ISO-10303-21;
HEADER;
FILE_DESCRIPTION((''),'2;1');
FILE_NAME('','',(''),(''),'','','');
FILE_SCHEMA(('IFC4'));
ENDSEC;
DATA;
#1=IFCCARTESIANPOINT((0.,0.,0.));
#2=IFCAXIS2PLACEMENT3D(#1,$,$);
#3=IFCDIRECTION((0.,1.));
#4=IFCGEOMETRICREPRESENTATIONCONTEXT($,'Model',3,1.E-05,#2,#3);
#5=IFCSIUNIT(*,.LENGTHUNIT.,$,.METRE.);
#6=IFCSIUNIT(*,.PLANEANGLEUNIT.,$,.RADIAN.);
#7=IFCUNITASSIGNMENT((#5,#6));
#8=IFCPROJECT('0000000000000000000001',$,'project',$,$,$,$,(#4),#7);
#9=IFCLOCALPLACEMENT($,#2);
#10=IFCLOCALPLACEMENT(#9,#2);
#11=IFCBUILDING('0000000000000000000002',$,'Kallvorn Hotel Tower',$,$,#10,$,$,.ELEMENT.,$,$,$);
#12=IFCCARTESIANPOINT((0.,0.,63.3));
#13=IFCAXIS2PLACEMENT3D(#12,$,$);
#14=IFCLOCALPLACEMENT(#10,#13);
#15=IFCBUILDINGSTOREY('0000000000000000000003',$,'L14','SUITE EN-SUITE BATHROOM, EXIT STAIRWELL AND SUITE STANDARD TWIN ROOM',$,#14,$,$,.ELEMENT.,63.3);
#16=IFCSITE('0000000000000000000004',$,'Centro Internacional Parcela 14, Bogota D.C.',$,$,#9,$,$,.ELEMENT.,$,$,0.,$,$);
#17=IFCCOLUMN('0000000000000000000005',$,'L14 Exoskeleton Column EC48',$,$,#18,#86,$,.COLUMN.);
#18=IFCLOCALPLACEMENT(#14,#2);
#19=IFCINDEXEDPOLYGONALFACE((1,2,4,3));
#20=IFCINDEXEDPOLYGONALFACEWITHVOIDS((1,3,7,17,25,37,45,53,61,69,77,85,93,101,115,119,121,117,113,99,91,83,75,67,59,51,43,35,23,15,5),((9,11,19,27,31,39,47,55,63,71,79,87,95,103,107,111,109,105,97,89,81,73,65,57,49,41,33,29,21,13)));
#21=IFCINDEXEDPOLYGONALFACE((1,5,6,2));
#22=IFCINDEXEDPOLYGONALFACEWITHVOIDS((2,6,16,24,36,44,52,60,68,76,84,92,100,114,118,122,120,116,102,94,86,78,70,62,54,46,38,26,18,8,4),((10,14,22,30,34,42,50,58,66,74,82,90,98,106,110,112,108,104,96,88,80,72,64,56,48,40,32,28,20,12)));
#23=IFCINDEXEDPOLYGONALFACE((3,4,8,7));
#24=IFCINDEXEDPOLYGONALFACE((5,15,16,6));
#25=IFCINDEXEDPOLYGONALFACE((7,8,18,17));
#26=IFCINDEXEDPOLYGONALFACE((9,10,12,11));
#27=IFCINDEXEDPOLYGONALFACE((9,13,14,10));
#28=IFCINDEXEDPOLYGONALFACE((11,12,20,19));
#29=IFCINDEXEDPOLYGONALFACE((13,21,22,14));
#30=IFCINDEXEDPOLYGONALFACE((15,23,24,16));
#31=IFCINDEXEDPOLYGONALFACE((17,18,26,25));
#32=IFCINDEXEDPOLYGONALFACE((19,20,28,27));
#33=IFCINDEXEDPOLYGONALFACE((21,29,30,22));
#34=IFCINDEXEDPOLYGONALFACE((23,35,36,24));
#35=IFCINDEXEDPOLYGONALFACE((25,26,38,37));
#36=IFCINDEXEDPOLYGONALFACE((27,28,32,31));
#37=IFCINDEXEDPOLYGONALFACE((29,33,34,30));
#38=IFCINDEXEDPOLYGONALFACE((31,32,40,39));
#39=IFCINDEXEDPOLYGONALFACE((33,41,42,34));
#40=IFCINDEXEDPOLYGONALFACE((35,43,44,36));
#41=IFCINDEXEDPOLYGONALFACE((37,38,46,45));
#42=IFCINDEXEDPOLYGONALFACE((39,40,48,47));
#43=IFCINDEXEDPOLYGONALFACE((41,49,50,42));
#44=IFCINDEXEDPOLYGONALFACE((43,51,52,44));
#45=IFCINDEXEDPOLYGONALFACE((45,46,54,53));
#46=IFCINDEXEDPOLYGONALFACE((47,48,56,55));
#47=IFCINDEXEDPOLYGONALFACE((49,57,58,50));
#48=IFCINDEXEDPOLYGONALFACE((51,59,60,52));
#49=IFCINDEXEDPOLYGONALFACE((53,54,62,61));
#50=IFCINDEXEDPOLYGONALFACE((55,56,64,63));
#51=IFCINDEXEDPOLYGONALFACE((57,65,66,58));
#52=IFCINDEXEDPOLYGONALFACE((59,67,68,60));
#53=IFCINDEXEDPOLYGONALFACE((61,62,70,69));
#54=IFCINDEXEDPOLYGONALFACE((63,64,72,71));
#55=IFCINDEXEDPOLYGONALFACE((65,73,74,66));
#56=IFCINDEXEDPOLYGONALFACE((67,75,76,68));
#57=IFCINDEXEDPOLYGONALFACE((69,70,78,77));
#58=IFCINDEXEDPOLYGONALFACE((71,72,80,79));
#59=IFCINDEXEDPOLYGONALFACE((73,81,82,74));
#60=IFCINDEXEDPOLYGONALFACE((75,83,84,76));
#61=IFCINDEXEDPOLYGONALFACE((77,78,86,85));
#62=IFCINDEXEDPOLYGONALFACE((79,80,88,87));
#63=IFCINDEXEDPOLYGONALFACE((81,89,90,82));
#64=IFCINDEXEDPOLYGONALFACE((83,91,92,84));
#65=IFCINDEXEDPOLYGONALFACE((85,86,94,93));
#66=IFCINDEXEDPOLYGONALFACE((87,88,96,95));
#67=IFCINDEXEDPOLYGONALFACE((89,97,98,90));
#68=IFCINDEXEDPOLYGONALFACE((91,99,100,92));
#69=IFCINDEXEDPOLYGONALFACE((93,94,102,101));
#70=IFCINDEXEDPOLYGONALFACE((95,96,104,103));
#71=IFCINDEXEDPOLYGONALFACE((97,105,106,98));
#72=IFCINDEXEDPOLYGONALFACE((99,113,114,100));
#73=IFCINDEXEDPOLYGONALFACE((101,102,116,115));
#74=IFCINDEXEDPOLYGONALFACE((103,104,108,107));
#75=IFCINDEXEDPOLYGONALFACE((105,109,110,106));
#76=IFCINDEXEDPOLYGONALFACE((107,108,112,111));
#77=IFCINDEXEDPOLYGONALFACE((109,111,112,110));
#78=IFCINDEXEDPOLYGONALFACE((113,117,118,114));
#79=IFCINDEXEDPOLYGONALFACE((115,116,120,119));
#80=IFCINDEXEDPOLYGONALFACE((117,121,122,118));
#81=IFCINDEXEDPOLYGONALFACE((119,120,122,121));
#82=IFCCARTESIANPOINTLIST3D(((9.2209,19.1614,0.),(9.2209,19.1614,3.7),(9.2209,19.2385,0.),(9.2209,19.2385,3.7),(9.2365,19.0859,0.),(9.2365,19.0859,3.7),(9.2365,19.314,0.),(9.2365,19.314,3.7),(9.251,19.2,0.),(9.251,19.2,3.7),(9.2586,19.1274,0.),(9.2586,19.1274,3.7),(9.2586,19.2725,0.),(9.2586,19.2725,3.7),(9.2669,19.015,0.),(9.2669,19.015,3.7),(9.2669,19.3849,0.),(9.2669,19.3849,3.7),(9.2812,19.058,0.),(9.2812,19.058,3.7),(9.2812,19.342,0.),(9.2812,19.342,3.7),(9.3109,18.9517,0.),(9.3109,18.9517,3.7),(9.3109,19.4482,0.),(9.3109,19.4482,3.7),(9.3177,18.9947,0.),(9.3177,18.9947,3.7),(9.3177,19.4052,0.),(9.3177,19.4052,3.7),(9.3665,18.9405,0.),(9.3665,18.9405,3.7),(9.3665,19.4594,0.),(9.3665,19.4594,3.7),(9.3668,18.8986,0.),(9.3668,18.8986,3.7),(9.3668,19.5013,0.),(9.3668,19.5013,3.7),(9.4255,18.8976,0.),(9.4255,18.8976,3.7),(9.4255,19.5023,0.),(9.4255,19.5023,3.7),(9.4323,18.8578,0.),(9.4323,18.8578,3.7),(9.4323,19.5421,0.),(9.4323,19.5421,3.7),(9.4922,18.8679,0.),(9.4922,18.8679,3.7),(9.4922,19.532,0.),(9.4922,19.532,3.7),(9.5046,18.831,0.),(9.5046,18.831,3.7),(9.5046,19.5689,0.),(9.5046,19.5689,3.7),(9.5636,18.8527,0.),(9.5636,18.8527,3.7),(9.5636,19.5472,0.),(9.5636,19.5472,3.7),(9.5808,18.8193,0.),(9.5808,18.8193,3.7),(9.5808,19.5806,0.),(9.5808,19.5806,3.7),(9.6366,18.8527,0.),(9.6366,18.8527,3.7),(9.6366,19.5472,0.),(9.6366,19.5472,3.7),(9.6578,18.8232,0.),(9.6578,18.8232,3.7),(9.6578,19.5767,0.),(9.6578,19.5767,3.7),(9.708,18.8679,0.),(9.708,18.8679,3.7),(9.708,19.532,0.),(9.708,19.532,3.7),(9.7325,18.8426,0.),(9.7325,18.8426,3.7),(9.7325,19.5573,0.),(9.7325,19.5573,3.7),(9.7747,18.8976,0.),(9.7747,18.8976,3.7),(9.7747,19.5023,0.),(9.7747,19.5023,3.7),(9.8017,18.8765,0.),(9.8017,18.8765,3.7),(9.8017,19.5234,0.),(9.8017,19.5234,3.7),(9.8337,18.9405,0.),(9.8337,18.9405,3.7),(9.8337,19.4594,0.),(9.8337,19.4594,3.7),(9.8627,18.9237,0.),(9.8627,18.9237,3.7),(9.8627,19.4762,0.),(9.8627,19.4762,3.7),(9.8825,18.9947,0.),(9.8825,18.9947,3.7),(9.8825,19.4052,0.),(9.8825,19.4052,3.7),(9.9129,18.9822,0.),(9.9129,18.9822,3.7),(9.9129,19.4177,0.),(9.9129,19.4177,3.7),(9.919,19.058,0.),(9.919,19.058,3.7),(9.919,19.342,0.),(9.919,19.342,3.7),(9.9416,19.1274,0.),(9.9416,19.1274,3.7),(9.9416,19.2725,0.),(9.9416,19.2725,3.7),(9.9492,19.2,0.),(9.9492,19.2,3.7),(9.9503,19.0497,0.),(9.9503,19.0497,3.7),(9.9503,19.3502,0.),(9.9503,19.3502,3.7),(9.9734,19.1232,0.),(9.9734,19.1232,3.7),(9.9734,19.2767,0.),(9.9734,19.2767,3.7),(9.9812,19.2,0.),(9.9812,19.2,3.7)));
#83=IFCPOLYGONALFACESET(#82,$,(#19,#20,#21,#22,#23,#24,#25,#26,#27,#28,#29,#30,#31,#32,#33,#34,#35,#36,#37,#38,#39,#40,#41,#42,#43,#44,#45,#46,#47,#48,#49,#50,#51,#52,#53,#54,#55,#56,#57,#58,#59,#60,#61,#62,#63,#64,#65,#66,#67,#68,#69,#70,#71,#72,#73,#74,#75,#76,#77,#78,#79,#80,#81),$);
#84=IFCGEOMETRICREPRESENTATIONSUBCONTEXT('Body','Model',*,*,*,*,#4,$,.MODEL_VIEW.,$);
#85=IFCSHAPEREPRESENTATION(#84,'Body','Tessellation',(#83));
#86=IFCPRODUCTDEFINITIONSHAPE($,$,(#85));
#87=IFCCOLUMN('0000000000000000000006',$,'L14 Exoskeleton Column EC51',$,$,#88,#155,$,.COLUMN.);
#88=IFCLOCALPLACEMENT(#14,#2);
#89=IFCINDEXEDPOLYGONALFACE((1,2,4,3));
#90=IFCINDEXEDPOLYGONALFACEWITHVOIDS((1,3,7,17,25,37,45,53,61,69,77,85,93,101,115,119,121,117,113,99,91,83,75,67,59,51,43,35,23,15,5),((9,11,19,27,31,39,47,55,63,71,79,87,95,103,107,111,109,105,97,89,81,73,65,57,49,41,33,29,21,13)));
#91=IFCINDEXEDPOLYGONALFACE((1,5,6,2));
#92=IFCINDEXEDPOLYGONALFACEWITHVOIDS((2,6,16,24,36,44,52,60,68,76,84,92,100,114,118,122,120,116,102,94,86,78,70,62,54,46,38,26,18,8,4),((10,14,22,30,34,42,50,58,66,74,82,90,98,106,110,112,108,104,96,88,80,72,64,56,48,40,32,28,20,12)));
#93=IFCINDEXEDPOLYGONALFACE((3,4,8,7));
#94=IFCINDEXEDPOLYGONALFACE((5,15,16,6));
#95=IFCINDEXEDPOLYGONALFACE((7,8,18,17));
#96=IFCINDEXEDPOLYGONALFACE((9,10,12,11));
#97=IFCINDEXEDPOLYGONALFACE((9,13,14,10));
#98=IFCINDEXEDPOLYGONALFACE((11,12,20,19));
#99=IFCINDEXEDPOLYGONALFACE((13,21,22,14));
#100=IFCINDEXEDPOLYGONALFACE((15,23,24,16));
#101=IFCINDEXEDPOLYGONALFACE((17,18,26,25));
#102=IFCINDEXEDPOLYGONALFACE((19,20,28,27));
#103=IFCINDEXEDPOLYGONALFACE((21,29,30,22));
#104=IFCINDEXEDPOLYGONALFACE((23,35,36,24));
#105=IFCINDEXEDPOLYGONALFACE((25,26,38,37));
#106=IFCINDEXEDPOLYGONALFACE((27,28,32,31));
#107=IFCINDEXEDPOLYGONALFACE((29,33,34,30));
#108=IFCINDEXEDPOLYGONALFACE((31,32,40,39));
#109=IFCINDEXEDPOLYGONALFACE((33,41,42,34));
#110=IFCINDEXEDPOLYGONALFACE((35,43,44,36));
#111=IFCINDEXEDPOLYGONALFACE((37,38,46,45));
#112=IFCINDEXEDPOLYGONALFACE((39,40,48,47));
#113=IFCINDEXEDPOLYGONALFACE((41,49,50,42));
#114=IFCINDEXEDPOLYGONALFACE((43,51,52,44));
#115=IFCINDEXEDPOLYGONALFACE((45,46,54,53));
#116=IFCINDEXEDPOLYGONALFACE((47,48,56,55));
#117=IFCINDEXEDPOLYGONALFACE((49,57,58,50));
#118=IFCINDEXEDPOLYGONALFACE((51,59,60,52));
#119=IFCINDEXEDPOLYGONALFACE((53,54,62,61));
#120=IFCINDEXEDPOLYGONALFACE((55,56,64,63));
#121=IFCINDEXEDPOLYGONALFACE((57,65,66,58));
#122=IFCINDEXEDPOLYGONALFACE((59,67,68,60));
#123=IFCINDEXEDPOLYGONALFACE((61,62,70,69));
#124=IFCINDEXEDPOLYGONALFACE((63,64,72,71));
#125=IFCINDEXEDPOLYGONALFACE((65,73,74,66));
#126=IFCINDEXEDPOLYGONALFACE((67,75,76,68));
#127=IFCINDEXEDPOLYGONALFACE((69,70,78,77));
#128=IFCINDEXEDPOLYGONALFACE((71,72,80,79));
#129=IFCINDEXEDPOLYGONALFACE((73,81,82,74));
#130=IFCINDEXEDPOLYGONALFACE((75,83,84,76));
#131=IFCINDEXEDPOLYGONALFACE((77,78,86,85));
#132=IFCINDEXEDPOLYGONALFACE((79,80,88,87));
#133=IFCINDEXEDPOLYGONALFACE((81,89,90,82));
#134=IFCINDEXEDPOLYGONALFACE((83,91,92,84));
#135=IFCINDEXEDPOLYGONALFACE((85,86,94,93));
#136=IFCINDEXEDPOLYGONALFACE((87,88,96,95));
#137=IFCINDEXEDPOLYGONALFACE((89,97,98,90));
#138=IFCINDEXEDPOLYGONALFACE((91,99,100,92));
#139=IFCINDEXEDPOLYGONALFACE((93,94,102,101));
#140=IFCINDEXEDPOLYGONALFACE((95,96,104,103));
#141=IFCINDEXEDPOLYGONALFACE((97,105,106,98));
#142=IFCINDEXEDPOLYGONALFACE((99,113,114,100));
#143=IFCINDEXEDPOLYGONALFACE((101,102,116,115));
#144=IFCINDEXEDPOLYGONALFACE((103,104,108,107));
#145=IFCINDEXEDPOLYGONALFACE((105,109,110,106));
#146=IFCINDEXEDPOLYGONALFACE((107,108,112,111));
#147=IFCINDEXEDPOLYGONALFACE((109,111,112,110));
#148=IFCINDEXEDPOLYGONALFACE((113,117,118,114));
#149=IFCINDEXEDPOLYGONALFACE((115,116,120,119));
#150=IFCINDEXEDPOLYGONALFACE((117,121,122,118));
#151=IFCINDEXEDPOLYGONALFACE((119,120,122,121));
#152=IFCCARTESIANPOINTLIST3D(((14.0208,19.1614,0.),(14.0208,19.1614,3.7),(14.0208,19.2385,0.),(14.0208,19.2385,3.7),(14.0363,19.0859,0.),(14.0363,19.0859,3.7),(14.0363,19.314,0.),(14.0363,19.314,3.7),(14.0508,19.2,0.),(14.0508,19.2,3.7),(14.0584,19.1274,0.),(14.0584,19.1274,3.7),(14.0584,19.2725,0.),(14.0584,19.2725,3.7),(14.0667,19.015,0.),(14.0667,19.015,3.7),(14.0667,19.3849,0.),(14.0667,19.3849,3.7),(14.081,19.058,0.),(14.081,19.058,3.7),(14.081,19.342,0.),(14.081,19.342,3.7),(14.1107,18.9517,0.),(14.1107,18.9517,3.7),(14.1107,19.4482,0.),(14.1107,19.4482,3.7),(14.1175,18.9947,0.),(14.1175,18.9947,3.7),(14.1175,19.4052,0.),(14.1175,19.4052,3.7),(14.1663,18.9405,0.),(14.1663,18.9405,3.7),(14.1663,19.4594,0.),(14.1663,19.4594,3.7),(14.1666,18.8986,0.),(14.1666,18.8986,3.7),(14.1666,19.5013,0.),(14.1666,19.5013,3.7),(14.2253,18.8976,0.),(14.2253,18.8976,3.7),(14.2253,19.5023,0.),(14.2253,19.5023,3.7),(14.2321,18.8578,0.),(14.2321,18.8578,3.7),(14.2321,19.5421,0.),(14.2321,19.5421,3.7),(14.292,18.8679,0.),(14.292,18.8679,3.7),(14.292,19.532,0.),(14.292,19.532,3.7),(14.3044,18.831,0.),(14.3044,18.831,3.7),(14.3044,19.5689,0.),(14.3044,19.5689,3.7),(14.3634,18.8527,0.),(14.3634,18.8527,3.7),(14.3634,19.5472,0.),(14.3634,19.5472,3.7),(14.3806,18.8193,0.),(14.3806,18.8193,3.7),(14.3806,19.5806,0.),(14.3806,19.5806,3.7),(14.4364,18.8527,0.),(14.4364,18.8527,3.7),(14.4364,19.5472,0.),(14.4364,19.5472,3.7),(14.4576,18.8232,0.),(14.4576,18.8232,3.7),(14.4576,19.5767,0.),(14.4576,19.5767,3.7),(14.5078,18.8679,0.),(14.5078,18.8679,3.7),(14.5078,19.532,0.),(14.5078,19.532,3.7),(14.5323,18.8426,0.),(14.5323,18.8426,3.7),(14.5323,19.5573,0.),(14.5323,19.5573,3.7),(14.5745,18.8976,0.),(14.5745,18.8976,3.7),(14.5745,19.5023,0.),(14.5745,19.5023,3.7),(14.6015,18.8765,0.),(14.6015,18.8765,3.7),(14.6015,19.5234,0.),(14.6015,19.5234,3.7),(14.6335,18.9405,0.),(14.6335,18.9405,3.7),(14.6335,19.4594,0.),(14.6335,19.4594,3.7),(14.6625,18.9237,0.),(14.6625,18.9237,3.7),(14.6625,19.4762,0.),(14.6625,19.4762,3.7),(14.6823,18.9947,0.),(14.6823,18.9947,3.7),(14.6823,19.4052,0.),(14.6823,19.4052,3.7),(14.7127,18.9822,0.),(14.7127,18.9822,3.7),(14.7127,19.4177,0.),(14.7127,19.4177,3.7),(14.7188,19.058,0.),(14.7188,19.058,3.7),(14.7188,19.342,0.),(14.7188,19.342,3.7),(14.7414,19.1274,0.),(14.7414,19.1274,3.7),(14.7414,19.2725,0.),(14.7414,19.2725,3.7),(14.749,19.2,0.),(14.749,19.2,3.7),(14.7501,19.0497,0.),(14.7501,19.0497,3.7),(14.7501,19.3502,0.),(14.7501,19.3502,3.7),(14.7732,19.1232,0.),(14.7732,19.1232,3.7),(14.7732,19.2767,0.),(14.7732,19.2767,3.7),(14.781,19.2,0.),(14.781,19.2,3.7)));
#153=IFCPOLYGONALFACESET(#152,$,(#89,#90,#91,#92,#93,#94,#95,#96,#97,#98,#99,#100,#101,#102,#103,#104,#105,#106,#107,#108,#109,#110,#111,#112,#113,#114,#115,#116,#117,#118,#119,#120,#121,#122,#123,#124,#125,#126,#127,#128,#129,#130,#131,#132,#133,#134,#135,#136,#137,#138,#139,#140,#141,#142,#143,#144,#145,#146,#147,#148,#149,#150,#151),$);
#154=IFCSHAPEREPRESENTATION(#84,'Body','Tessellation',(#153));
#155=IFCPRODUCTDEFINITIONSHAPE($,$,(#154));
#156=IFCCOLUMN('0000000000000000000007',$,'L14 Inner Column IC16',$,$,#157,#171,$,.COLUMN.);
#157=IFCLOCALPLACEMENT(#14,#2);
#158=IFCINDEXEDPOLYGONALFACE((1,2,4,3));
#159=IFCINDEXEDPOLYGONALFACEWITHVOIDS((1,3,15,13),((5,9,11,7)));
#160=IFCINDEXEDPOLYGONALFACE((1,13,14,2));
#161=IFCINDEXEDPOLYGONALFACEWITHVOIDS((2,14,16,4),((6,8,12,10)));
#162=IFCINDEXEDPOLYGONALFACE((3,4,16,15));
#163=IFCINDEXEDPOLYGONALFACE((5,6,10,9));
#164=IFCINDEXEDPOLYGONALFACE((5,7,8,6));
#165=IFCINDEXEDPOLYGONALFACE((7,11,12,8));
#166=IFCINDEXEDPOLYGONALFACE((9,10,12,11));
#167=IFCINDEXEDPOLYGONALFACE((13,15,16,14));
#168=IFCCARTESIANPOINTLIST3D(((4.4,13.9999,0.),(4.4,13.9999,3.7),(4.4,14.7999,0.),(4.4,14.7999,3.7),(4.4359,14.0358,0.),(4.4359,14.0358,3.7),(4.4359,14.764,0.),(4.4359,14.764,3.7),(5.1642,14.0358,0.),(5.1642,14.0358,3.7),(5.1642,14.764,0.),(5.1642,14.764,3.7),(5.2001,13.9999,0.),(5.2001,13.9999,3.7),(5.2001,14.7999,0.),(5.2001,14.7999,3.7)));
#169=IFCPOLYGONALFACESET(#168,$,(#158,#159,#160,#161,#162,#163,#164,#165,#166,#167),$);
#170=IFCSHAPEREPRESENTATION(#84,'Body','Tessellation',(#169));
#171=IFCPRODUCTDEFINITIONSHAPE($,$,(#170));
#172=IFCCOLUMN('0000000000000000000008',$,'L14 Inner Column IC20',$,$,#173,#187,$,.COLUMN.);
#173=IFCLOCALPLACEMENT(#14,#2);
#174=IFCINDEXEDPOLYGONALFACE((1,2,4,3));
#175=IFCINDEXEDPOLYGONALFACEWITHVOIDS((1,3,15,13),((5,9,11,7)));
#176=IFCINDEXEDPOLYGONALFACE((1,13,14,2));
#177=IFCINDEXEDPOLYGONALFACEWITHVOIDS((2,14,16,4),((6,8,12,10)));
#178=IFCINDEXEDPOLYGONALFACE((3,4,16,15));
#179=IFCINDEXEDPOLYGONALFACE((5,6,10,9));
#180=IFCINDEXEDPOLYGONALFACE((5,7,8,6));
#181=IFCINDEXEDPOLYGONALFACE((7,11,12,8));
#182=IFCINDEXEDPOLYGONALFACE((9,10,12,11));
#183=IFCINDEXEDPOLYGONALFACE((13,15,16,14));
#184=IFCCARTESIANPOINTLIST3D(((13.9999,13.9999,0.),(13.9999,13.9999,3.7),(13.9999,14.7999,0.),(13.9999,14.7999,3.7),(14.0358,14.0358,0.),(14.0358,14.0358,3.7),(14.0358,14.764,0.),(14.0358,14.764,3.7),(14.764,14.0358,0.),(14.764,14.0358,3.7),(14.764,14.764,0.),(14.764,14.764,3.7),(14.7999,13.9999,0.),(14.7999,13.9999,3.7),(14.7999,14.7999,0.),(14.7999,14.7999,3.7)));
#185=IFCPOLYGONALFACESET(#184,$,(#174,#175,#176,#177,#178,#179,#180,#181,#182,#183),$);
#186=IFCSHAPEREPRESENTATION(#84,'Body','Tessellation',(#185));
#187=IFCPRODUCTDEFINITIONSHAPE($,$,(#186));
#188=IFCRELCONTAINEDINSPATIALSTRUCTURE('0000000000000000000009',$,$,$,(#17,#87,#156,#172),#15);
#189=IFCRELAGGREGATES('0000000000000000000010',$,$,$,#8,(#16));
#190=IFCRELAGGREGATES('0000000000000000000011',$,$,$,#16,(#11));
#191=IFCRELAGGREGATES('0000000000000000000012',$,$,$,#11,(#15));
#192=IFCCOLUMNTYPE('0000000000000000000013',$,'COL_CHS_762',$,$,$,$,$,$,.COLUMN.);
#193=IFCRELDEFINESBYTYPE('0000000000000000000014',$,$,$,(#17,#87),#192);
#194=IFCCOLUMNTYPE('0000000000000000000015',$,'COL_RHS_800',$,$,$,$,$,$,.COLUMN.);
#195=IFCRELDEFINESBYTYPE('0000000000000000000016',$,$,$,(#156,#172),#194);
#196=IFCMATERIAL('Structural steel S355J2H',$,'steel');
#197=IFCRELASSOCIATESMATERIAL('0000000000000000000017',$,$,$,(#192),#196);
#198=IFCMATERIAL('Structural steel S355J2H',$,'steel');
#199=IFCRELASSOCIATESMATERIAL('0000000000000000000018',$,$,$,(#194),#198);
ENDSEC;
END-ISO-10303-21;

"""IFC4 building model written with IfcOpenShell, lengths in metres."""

from ifc_helpers import new_model, si_unit, direction, frame, origin, origin_2d, place, context, subcontext, project, spatial, hollow_rectangle, hollow_circle, extrude, material, material_profile, profile_set, type_object, element, save


model = new_model("IFC4")

# Units and contexts
model_context = context("Model", 3, precision=1e-05, world=origin(), true_north=direction((0.0, 1.0)))
body_context = subcontext(model_context, "Body", "Model", "MODEL_VIEW")
ifc_project = project(units=[si_unit("LENGTHUNIT", "METRE"), si_unit("PLANEANGLEUNIT", "RADIAN")], contexts=[model_context])

# Site, building, storey
site_placement = place(None, origin())
site = spatial("IfcSite", under=ifc_project, at=site_placement, Name="Centro Internacional Parcela 14, Bogota D.C.", CompositionType="ELEMENT", RefElevation=0.0)
building_placement = place(site_placement, origin())
building = spatial("IfcBuilding", under=site, at=building_placement, Name="Kallvorn Hotel Tower", CompositionType="ELEMENT")
storey_placement = place(building_placement, frame((0.0, 0.0, 63.3)))
storey = spatial("IfcBuildingStorey", under=building, at=storey_placement, Name="L14", Description="SUITE EN-SUITE BATHROOM, EXIT STAIRWELL AND SUITE STANDARD TWIN ROOM", CompositionType="ELEMENT", Elevation=63.3)

# Columns
ifc_material_1 = material(Name="Structural steel S355J2H", Category="steel")
ifc_material_profile_1 = material_profile(ifc_material_1, hollow_circle(Radius=0.3811, WallThickness=0.032, at=origin_2d()), Name="CHS 762x32")
ifc_profile_set_1 = profile_set([ifc_material_profile_1], Name="Structural steel S355J2H")
column_type_1 = type_object("IfcColumnType", Name="COL_CHS_762", PredefinedType="COLUMN", material=ifc_profile_set_1)
for number, where, z_axis, x_axis, name in (
    (1, (9.6001, 19.2, 0.0), (0.0, 0.0, 1.0), (1.0, 0.0, 0.0), "L14 Exoskeleton Column EC48"),
    (2, (14.3999, 19.2, 0.0), (0.0, 0.0, 1.0), (1.0, 0.0, 0.0), "L14 Exoskeleton Column EC51"),
):
    element("IfcColumn", number, at=place(storey_placement, frame(where, z_axis=z_axis, x_axis=x_axis)), inside=storey, type_object=column_type_1, Name=name, PredefinedType="COLUMN", context=body_context, shape_type="SweptSolid", body=[
        extrude(hollow_circle(Radius=0.3811, WallThickness=0.032, at=origin_2d()), origin(), (0.0, 0.0, 1.0), 3.7),
    ])
ifc_material_2 = material(Name="Structural steel S355J2H", Category="steel")
ifc_material_profile_2 = material_profile(ifc_material_2, hollow_rectangle(XDim=0.8, YDim=0.8, WallThickness=0.0359, at=origin_2d()), Name="RHS 800x800x36")
ifc_profile_set_2 = profile_set([ifc_material_profile_2], Name="Structural steel S355J2H")
column_type_2 = type_object("IfcColumnType", Name="COL_RHS_800", PredefinedType="COLUMN", material=ifc_profile_set_2)
for number, where, z_axis, x_axis, name in (
    (3, (4.8, 14.3999, 0.0), (0.0, 0.0, 1.0), (1.0, 0.0, 0.0), "L14 Inner Column IC16"),
    (4, (14.3999, 14.3999, 0.0), (0.0, 0.0, 1.0), (1.0, 0.0, 0.0), "L14 Inner Column IC20"),
):
    element("IfcColumn", number, at=place(storey_placement, frame(where, z_axis=z_axis, x_axis=x_axis)), inside=storey, type_object=column_type_2, Name=name, PredefinedType="COLUMN", context=body_context, shape_type="SweptSolid", body=[
        extrude(hollow_rectangle(XDim=0.8, YDim=0.8, WallThickness=0.0359, at=origin_2d()), origin(), (0.0, 0.0, 1.0), 3.7),
    ])

save(model, "model.ifc")
